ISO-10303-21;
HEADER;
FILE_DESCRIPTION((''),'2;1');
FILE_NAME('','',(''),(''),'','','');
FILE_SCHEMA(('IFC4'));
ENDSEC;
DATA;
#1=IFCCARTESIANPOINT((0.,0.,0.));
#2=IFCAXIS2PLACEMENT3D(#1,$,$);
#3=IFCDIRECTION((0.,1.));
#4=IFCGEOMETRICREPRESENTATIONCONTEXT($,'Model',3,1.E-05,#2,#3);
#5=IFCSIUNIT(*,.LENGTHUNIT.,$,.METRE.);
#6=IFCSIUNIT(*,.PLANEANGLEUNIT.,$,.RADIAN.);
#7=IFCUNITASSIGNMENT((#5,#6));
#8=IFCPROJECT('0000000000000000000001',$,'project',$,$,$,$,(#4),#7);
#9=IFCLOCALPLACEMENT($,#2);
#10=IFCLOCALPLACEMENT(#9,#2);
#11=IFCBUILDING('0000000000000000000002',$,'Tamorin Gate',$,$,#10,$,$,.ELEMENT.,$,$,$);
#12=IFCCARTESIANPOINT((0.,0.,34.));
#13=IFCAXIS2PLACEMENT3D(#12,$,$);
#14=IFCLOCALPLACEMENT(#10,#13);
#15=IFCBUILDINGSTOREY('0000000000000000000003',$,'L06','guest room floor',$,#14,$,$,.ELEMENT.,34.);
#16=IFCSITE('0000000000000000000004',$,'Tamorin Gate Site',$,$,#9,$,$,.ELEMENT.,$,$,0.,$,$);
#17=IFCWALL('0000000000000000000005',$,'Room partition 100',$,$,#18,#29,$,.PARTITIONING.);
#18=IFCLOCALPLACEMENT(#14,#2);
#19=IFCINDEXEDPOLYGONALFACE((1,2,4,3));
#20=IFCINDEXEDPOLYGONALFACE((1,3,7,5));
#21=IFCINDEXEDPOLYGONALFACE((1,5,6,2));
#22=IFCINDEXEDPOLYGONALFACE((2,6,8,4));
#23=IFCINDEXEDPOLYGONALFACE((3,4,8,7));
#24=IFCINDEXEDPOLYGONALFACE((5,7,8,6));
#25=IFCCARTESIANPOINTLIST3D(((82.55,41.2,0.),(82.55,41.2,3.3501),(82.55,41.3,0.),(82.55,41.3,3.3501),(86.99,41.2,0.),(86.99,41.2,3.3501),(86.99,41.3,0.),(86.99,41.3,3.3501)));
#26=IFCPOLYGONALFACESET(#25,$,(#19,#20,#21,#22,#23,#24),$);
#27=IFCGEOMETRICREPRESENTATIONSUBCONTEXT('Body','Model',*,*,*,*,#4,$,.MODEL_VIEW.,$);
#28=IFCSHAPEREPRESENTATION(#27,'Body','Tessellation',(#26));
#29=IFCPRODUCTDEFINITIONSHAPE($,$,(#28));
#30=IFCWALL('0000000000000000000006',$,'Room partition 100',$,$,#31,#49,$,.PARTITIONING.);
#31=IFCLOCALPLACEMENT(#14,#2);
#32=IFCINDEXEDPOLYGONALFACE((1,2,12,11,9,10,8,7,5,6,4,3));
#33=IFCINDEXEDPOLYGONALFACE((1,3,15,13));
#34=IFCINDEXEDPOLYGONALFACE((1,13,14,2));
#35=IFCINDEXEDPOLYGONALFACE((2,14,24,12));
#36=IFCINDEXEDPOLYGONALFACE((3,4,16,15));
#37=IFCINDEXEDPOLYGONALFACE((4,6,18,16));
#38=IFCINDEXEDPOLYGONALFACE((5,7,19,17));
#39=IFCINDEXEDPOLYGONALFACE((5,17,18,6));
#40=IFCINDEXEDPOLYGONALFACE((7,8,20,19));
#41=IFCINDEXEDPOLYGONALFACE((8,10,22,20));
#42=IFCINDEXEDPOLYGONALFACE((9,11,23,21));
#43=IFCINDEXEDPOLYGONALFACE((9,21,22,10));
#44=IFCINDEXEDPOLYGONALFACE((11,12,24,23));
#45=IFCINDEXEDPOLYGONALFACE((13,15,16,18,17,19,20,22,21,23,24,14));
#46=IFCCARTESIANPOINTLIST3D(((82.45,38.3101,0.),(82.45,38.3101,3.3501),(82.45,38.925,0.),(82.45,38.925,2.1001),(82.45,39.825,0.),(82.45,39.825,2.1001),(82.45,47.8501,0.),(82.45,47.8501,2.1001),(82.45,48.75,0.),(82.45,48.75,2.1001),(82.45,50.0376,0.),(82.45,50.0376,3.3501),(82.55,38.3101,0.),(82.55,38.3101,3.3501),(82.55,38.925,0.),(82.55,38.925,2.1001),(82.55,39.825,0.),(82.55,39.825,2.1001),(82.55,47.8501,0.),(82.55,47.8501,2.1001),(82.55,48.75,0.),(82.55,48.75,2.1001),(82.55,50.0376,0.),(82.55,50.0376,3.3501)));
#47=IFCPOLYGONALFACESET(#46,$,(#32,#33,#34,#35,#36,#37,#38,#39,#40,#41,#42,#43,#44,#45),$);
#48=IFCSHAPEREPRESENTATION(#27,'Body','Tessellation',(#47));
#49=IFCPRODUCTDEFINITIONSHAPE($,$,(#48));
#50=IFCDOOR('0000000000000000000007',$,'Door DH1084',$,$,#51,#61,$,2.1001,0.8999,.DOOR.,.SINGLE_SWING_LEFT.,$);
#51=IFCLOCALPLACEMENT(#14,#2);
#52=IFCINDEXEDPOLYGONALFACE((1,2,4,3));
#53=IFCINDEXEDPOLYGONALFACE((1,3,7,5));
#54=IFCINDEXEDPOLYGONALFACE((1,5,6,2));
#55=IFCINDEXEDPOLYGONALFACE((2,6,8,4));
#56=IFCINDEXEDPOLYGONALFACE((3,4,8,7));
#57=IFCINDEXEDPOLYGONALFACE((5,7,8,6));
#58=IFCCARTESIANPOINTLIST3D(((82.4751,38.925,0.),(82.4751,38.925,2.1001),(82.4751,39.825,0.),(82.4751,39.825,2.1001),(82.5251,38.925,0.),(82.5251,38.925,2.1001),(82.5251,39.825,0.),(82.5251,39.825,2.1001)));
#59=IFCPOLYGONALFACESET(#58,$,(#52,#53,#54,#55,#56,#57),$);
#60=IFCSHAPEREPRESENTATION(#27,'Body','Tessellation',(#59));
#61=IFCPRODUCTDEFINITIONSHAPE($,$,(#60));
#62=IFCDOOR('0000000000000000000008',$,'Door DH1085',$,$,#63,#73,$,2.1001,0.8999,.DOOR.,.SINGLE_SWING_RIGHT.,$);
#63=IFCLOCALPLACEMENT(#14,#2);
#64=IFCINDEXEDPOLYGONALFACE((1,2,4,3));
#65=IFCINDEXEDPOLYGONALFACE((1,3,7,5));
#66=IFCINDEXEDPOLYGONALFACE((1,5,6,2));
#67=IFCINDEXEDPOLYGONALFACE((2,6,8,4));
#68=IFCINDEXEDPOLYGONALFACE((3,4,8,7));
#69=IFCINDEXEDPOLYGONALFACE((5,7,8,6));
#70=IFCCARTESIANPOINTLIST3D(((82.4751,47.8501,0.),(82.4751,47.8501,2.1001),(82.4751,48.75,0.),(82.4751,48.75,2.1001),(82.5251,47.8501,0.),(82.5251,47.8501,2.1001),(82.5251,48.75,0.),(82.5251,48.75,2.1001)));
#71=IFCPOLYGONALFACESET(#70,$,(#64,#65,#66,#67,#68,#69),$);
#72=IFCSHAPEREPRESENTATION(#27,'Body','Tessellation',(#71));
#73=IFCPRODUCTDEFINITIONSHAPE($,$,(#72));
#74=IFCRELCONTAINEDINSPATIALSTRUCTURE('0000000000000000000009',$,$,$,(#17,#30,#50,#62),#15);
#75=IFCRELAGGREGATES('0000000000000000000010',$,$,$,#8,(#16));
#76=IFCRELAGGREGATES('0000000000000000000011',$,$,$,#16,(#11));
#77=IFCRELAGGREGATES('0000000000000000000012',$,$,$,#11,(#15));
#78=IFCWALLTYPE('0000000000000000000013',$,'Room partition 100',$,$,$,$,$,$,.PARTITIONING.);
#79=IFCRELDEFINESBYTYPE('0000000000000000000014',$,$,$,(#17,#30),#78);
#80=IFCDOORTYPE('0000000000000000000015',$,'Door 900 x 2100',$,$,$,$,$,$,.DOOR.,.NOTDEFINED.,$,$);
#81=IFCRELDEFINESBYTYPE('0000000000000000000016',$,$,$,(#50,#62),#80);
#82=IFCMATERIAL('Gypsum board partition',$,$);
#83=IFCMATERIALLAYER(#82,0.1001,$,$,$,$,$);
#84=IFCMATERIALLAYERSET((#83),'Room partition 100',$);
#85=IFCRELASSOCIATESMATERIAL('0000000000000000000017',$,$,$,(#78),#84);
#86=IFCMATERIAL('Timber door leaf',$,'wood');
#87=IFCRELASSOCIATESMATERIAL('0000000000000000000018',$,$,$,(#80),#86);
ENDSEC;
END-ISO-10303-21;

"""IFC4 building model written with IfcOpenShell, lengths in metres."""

from ifc_helpers import new_model, si_unit, direction, frame, frame_2d, origin, place, context, subcontext, project, spatial, rectangle, extrude, material, layer, layer_set, type_object, element, fill, save


model = new_model("IFC4")

# Units and contexts
model_context = context("Model", 3, precision=1e-05, world=origin(), true_north=direction((0.0, 1.0)))
body_context = subcontext(model_context, "Body", "Model", "MODEL_VIEW")
ifc_project = project(units=[si_unit("LENGTHUNIT", "METRE"), si_unit("PLANEANGLEUNIT", "RADIAN")], contexts=[model_context])

# Site, building, storey
site_placement = place(None, origin())
site = spatial("IfcSite", under=ifc_project, at=site_placement, Name="Tamorin Gate Site", CompositionType="ELEMENT", RefElevation=0.0)
building_placement = place(site_placement, origin())
building = spatial("IfcBuilding", under=site, at=building_placement, Name="Tamorin Gate", CompositionType="ELEMENT")
storey_placement = place(building_placement, frame((0.0, 0.0, 34.0)))
storey = spatial("IfcBuildingStorey", under=building, at=storey_placement, Name="L06", Description="guest room floor", CompositionType="ELEMENT", Elevation=34.0)

# Wall
ifc_material_1 = material(Name="Gypsum board partition")
ifc_layer_1 = layer(ifc_material_1, 0.1001)
ifc_layer_set_1 = layer_set([ifc_layer_1], Name="Room partition 100")
wall_type_1 = type_object("IfcWallType", Name="Room partition 100", PredefinedType="PARTITIONING", material=ifc_layer_set_1)
wall_1_placement = place(storey_placement, frame((82.55, 41.25, 0.0), z_axis=(0.0, 0.0, 1.0), x_axis=(1.0, 0.0, 0.0)))
element("IfcWall", 1, at=wall_1_placement, inside=storey, type_object=wall_type_1, Name="Room partition 100", PredefinedType="PARTITIONING", context=body_context, shape_type="SweptSolid", body=[
    extrude(rectangle(XDim=4.4399, YDim=0.1001, at=frame_2d((2.22, 0.0))), origin(), (0.0, 0.0, 1.0), 3.3501),
])

# Wall, openings, doors
wall_2_placement = place(storey_placement, frame((82.5, 38.3101, 0.0), z_axis=(0.0, 0.0, 1.0), x_axis=(0.0, 1.0, 0.0)))
wall_2 = element("IfcWall", 2, at=wall_2_placement, inside=storey, type_object=wall_type_1, Name="Room partition 100", PredefinedType="PARTITIONING", context=body_context, shape_type="SweptSolid", body=[
    extrude(rectangle(XDim=11.7275, YDim=0.1001, at=frame_2d((5.8638, 0.0))), origin(), (0.0, 0.0, 1.0), 3.3501),
])
opening_1_placement = place(wall_2_placement, frame((0.615, 0.0, 0.0)))
opening_1 = element("IfcOpeningElement", 3, at=opening_1_placement, cuts=wall_2, PredefinedType="OPENING", context=body_context, shape_type="SweptSolid", body=[
    extrude(rectangle(XDim=0.8999, YDim=2.1001, at=frame_2d((0.45, 1.05))), frame((0.0, 0.0601, 0.0), z_axis=(0.0, -1.0, 0.0), x_axis=(1.0, 0.0, 0.0)), (0.0, 0.0, 1.0), 0.1201),
])
opening_2_placement = place(wall_2_placement, frame((9.54, 0.0, 0.0)))
opening_2 = element("IfcOpeningElement", 4, at=opening_2_placement, cuts=wall_2, PredefinedType="OPENING", context=body_context, shape_type="SweptSolid", body=[
    extrude(rectangle(XDim=0.8999, YDim=2.1001, at=frame_2d((0.45, 1.05))), frame((0.0, 0.0601, 0.0), z_axis=(0.0, -1.0, 0.0), x_axis=(1.0, 0.0, 0.0)), (0.0, 0.0, 1.0), 0.1201),
])
ifc_material_2 = material(Name="Timber door leaf", Category="wood")
door_type = type_object("IfcDoorType", Name="Door 900 x 2100", OperationType="NOTDEFINED", PredefinedType="DOOR", material=ifc_material_2)
door_1_placement = place(opening_1_placement, origin())
door_1 = element("IfcDoor", 5, at=door_1_placement, inside=storey, type_object=door_type, Name="Door DH1084", OperationType="SINGLE_SWING_LEFT", OverallHeight=2.1001, OverallWidth=0.8999, PredefinedType="DOOR", context=body_context, shape_type="SweptSolid", body=[
    extrude(rectangle(XDim=0.8999, YDim=2.1001, at=frame_2d((0.45, 1.05))), frame((0.0, 0.0249, 0.0), z_axis=(0.0, -1.0, 0.0), x_axis=(1.0, 0.0, 0.0)), (0.0, 0.0, 1.0), 0.05),
])
fill(opening_1, door_1)
door_2_placement = place(opening_2_placement, origin())
door_2 = element("IfcDoor", 6, at=door_2_placement, inside=storey, type_object=door_type, Name="Door DH1085", OperationType="SINGLE_SWING_RIGHT", OverallHeight=2.1001, OverallWidth=0.8999, PredefinedType="DOOR", context=body_context, shape_type="SweptSolid", body=[
    extrude(rectangle(XDim=0.8999, YDim=2.1001, at=frame_2d((0.45, 1.05))), frame((0.0, 0.0249, 0.0), z_axis=(0.0, -1.0, 0.0), x_axis=(1.0, 0.0, 0.0)), (0.0, 0.0, 1.0), 0.05),
])
fill(opening_2, door_2)

save(model, "model.ifc")
